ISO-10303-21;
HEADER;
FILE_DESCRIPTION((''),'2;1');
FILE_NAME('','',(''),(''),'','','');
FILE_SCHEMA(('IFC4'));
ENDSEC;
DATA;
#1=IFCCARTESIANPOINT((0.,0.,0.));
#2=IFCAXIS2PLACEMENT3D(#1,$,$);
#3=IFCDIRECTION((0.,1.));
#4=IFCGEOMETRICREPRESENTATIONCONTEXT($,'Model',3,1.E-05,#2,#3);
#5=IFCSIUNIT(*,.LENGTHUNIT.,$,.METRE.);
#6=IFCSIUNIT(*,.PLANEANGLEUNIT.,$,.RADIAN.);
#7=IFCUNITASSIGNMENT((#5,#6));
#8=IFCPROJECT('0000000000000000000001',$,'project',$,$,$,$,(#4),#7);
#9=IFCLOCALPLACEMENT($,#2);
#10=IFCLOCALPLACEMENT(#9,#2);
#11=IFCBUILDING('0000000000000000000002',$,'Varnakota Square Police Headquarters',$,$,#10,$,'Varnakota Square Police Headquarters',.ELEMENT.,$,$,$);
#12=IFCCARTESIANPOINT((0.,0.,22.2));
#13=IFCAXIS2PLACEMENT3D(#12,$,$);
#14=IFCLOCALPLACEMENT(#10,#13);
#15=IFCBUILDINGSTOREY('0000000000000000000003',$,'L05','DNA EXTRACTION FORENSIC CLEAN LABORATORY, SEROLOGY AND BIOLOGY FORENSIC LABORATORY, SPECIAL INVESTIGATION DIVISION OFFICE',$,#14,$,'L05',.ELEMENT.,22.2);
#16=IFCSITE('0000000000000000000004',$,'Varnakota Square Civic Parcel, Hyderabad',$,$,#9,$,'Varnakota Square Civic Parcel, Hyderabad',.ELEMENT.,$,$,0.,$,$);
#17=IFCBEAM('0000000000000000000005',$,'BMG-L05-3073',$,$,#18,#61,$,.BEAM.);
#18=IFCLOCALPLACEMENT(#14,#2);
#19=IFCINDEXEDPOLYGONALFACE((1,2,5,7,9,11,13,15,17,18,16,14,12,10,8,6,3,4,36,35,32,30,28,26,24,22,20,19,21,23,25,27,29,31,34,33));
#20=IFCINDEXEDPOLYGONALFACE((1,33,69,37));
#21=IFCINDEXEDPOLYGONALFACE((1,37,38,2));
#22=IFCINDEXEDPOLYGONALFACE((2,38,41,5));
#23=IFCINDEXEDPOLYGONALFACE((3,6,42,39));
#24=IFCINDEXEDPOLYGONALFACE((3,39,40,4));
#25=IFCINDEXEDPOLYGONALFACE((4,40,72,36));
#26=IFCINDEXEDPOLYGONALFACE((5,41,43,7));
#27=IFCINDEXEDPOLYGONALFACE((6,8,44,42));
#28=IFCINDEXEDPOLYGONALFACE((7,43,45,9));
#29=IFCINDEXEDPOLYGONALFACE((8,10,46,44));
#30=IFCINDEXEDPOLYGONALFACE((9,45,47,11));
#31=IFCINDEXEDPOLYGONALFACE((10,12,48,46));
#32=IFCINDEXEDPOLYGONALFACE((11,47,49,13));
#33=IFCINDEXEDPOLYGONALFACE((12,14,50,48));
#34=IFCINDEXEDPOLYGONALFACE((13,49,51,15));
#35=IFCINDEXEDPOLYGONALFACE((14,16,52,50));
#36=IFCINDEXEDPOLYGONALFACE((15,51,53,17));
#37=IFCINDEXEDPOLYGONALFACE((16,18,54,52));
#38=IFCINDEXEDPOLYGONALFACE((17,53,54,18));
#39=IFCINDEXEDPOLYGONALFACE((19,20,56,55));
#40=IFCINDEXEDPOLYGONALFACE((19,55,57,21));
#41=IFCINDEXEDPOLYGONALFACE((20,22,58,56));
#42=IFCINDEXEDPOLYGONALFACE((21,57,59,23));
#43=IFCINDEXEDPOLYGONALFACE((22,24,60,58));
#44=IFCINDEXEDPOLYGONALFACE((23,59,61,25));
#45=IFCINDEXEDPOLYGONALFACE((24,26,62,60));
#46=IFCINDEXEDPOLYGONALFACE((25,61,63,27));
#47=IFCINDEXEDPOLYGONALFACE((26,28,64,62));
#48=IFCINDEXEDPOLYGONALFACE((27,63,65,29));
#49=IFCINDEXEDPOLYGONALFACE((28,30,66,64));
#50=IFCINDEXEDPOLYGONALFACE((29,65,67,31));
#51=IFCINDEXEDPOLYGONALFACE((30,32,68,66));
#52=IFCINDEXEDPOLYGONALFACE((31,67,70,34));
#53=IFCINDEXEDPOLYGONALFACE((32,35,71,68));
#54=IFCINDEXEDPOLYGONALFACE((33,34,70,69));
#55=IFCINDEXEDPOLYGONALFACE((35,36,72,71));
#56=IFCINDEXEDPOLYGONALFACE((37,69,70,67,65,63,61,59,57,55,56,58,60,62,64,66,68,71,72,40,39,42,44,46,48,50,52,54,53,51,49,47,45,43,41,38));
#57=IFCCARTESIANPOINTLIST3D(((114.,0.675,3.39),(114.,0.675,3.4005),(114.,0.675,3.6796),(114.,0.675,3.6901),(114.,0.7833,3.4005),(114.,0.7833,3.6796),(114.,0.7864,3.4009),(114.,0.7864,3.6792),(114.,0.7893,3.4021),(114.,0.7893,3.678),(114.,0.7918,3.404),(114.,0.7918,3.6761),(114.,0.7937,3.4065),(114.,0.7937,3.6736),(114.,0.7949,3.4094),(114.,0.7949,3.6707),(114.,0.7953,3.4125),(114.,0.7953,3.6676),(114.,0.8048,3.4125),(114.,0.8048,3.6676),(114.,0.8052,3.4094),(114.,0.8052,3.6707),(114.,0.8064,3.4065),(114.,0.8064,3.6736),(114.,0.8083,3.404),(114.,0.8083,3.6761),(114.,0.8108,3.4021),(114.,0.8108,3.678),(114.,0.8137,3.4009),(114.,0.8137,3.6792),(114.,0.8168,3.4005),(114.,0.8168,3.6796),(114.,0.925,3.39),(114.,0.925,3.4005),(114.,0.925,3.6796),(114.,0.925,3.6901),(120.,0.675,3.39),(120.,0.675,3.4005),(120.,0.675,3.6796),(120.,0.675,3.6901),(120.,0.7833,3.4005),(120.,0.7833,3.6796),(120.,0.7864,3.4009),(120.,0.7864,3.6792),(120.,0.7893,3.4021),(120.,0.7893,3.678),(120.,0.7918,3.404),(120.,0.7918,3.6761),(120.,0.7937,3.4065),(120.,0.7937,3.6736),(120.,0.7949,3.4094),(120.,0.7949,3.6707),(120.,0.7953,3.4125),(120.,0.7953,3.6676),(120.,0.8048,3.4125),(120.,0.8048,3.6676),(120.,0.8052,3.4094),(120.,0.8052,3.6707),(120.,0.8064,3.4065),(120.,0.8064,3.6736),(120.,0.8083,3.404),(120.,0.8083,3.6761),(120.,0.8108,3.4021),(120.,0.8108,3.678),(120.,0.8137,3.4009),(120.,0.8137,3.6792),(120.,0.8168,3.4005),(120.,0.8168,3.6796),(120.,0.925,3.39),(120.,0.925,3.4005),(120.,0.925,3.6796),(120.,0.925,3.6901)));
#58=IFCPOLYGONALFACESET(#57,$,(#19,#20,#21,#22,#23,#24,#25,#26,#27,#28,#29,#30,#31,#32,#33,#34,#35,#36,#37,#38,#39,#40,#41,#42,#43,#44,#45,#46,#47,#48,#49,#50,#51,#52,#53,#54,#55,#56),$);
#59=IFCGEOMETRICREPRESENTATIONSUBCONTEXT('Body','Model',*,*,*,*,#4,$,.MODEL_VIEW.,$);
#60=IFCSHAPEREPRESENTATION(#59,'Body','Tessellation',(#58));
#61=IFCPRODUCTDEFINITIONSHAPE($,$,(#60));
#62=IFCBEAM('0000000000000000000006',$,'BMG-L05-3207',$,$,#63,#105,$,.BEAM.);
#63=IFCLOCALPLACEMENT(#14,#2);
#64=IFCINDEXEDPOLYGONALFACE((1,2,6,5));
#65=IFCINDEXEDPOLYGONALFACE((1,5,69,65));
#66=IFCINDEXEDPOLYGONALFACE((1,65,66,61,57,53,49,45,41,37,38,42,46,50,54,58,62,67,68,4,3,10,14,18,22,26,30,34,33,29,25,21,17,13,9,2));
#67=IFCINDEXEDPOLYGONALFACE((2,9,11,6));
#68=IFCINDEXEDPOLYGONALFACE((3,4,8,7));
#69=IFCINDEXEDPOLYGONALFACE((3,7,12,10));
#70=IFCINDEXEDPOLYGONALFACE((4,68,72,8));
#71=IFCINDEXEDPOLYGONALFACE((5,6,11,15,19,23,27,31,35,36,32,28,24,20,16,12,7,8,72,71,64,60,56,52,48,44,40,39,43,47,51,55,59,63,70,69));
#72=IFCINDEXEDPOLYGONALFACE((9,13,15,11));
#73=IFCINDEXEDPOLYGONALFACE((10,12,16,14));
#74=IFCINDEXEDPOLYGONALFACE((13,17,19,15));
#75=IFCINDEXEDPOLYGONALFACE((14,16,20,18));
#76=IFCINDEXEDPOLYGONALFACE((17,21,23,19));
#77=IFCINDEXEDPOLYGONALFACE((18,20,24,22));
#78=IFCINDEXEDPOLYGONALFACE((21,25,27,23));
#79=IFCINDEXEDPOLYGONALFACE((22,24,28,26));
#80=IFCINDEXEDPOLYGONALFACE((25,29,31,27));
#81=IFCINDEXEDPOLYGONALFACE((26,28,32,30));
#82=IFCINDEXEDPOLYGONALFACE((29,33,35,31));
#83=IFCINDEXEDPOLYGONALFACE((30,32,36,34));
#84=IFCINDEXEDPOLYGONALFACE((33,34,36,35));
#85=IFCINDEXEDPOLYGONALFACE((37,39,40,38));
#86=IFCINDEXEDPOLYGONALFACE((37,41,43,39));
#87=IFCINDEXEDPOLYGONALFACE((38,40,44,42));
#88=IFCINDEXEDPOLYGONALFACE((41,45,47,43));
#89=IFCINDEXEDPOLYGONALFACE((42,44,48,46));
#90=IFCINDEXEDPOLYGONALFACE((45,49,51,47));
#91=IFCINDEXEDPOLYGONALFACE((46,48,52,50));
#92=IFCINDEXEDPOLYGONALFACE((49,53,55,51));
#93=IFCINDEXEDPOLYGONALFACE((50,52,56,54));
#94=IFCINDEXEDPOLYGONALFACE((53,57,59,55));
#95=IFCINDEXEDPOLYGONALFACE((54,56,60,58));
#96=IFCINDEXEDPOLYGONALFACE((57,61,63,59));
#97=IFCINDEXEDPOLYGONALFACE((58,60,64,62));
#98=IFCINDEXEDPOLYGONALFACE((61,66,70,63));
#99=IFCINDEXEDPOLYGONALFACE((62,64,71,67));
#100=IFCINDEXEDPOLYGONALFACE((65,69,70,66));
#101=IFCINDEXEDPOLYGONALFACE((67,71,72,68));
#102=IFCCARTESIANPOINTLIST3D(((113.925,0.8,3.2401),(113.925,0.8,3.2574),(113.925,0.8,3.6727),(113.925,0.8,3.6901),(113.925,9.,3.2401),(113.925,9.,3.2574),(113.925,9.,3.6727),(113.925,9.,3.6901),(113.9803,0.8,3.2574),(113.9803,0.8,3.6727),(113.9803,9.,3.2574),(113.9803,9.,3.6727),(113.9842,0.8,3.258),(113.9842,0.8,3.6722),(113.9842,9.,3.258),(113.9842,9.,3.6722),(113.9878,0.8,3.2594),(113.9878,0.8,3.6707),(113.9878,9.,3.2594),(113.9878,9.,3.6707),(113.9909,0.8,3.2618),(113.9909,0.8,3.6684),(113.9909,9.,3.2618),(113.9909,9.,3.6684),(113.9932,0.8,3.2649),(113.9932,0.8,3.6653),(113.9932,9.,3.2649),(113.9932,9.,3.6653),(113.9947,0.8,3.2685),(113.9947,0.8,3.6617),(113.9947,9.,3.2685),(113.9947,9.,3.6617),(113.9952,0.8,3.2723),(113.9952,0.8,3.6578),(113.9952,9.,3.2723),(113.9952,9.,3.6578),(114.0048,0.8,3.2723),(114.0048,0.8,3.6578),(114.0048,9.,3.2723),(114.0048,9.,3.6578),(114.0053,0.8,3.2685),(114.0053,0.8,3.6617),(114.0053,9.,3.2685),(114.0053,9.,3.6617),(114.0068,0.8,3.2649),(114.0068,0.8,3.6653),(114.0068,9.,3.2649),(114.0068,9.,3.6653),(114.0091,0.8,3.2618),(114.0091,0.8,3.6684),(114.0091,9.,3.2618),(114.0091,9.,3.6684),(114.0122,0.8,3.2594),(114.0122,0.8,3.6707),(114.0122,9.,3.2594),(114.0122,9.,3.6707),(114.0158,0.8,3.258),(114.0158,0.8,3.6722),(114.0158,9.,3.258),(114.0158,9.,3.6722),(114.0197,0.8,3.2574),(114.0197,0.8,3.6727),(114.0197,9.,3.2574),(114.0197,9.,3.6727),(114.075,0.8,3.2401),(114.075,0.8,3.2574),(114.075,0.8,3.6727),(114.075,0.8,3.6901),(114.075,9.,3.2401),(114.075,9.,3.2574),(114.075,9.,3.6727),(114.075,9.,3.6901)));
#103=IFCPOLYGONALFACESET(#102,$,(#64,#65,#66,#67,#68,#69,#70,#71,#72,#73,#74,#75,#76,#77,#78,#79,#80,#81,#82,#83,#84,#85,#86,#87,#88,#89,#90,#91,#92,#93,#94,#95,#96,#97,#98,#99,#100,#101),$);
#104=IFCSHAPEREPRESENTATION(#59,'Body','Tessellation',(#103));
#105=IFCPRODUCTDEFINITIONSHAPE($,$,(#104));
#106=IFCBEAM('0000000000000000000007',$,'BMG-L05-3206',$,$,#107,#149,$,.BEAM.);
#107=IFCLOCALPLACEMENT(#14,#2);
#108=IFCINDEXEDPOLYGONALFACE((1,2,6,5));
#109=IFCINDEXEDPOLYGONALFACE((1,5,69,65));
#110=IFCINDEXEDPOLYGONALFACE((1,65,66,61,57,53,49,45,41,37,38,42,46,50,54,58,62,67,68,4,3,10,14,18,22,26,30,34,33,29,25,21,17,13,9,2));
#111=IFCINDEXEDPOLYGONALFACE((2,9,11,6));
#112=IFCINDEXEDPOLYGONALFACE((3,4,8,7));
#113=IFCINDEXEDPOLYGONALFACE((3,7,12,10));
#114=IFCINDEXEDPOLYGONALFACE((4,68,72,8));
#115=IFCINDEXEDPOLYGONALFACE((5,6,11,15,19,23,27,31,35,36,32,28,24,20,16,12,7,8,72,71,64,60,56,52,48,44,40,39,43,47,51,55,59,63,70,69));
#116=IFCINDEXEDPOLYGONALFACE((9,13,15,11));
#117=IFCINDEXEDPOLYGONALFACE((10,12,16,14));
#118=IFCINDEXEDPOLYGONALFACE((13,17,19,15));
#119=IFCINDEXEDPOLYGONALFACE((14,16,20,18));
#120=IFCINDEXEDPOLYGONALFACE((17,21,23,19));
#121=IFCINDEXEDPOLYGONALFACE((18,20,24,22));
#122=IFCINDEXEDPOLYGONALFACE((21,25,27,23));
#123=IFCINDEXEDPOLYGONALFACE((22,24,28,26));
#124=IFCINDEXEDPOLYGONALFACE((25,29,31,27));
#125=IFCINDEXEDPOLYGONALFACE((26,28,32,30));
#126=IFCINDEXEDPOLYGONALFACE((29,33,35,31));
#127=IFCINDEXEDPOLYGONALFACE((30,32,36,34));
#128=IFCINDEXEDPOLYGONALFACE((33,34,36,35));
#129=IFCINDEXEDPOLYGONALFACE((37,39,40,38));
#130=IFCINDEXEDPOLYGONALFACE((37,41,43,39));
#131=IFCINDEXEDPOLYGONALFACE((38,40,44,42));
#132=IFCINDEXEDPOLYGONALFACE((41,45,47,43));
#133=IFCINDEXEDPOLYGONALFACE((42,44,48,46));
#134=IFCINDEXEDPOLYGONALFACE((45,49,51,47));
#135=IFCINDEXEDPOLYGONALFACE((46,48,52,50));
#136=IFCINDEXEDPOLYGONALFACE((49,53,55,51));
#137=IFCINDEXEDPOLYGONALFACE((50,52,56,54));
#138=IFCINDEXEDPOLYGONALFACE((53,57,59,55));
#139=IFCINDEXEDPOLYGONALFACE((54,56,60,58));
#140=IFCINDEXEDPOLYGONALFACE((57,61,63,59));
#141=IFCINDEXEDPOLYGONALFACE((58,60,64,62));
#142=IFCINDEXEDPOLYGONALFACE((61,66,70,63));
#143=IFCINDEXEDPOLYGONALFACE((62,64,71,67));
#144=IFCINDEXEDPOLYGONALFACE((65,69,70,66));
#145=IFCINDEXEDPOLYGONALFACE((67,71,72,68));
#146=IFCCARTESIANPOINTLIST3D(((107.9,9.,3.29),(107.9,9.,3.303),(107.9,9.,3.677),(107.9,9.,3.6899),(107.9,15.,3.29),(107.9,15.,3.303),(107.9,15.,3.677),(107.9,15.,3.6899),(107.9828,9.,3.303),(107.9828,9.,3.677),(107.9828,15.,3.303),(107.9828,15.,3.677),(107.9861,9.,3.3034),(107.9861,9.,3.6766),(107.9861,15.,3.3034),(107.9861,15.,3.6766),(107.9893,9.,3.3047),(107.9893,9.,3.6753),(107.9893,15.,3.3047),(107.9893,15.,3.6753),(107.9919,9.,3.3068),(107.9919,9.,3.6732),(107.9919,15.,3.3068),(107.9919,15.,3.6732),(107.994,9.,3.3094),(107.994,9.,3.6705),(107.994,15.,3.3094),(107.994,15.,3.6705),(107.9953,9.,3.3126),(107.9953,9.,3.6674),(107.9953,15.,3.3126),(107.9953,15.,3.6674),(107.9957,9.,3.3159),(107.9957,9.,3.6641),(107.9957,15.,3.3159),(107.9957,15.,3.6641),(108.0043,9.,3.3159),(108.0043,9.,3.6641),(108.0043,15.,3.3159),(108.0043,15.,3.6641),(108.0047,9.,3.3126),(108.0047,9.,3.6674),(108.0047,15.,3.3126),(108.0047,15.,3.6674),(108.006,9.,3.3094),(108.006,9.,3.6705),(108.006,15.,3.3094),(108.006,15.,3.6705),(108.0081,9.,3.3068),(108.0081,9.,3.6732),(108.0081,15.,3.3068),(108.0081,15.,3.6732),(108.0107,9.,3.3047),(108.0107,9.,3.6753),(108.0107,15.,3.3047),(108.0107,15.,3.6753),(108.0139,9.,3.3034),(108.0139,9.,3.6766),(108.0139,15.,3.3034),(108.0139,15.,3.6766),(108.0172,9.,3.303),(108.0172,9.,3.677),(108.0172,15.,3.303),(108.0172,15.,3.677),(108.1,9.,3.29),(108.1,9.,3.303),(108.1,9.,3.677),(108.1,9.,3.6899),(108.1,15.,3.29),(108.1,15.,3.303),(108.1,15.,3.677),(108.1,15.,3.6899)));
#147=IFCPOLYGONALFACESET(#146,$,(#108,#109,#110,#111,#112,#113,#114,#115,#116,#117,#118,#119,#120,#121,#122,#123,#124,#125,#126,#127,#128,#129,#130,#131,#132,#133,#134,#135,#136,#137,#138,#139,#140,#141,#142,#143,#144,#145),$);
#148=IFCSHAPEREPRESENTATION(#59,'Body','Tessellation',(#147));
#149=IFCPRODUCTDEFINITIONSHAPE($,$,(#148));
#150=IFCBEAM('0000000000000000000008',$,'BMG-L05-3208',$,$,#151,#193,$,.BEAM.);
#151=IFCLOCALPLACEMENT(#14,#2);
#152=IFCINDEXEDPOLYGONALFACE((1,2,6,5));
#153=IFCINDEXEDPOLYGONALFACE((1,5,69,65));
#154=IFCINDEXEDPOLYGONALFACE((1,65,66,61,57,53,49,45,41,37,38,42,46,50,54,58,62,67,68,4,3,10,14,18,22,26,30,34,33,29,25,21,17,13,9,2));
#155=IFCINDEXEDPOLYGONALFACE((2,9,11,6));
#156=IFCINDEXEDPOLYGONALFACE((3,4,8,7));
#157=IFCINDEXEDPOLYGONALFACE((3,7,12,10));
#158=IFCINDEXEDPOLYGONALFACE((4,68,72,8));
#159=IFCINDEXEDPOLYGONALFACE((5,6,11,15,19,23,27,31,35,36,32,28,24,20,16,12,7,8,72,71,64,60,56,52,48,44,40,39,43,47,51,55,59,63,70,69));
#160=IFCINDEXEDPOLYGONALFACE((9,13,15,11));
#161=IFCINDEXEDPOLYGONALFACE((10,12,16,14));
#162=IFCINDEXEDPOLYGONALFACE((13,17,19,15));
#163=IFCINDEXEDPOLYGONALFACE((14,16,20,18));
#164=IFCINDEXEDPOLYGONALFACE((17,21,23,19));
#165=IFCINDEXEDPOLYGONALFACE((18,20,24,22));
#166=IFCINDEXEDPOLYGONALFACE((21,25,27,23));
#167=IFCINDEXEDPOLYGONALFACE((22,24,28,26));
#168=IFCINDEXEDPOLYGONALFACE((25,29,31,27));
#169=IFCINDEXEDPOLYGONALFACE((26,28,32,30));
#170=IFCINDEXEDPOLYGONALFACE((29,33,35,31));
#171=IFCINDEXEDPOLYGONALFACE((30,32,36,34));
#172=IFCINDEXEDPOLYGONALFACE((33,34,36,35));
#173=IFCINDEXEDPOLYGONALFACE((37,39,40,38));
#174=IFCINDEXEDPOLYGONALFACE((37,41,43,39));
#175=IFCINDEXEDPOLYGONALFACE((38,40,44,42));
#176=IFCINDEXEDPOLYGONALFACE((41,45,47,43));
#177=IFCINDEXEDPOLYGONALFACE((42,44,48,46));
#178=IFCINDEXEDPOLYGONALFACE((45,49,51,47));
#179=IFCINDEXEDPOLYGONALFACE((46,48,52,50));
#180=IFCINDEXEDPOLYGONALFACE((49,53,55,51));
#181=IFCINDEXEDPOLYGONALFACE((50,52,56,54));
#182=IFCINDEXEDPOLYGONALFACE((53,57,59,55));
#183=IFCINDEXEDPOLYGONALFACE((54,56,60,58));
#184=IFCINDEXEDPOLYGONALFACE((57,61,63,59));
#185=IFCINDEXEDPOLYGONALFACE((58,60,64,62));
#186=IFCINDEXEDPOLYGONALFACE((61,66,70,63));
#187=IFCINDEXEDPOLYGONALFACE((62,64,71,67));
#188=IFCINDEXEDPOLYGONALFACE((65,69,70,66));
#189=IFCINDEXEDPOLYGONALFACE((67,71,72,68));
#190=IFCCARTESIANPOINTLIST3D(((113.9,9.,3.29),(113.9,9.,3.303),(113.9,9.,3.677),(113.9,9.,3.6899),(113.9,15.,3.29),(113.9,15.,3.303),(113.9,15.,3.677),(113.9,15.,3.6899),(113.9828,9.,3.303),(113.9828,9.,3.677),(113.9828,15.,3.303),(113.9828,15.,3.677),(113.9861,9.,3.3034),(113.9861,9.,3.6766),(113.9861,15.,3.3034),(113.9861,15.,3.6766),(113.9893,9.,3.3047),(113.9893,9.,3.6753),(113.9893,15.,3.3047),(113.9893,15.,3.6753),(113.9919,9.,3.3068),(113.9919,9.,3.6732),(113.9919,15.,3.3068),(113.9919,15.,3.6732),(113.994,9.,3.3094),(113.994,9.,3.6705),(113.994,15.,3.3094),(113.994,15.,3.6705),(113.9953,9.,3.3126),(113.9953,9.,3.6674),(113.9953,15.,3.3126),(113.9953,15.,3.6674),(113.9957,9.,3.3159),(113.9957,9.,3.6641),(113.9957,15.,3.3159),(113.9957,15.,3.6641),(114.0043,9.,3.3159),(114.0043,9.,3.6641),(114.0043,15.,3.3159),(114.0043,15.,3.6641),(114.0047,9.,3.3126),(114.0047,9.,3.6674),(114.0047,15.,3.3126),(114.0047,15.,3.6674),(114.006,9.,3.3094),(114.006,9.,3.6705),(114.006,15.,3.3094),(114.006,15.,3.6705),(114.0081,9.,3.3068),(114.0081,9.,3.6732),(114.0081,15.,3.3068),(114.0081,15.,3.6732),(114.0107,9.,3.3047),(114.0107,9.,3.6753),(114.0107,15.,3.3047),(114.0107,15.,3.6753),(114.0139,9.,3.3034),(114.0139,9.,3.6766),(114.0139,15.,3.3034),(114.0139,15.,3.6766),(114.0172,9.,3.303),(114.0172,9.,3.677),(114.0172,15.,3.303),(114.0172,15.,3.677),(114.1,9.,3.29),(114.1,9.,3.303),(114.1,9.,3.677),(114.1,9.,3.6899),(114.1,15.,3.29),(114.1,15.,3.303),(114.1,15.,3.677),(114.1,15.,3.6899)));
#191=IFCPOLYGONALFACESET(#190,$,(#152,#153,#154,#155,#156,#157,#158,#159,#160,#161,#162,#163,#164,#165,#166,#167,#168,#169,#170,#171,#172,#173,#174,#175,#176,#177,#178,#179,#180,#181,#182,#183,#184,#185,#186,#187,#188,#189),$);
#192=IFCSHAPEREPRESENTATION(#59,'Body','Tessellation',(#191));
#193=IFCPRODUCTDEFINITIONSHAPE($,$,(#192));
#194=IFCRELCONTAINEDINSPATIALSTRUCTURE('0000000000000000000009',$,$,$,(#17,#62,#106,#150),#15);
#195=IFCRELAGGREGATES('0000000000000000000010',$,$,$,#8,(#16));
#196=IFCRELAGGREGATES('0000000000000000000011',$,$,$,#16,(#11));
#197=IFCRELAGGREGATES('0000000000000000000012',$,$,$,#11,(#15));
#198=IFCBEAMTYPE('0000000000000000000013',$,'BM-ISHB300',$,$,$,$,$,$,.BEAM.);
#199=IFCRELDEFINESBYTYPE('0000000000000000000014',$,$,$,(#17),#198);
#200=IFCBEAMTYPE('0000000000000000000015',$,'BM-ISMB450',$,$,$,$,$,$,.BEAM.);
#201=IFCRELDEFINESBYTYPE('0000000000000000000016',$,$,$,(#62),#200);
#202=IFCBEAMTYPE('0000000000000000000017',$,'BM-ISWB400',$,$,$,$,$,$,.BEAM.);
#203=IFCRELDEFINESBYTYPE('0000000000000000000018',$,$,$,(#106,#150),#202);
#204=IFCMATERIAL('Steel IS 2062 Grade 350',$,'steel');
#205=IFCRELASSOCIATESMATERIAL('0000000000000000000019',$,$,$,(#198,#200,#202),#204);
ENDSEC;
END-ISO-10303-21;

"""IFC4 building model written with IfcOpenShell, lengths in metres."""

from ifc_helpers import new_model, si_unit, direction, frame, origin, origin_2d, place, context, subcontext, project, spatial, i_section, extrude, material, material_profile, profile_set, type_object, element, save


model = new_model("IFC4")

# Units and contexts
model_context = context("Model", 3, precision=1e-05, world=origin(), true_north=direction((0.0, 1.0)))
body_context = subcontext(model_context, "Body", "Model", "MODEL_VIEW")
ifc_project = project(units=[si_unit("LENGTHUNIT", "METRE"), si_unit("PLANEANGLEUNIT", "RADIAN")], contexts=[model_context])

# Site, building, storey
site_placement = place(None, origin())
site = spatial("IfcSite", under=ifc_project, at=site_placement, Name="Varnakota Square Civic Parcel, Hyderabad", LongName="Varnakota Square Civic Parcel, Hyderabad", CompositionType="ELEMENT", RefElevation=0.0)
building_placement = place(site_placement, origin())
building = spatial("IfcBuilding", under=site, at=building_placement, Name="Varnakota Square Police Headquarters", LongName="Varnakota Square Police Headquarters", CompositionType="ELEMENT")
storey_placement = place(building_placement, frame((0.0, 0.0, 22.2)))
storey = spatial("IfcBuildingStorey", under=building, at=storey_placement, Name="L05", Description="DNA EXTRACTION FORENSIC CLEAN LABORATORY, SEROLOGY AND BIOLOGY FORENSIC LABORATORY, SPECIAL INVESTIGATION DIVISION OFFICE", LongName="L05", CompositionType="ELEMENT", Elevation=22.2)

# Shared definitions
ifc_material_1 = material(Name="Steel IS 2062 Grade 350", Category="steel")

# Beams
ifc_material_profile_1 = material_profile(ifc_material_1, i_section(OverallWidth=0.25, OverallDepth=0.3, WebThickness=0.0095, FlangeThickness=0.0105, FilletRadius=0.012, at=origin_2d()), Name="ISHB 300")
ifc_profile_set_1 = profile_set([ifc_material_profile_1], Name="Steel IS 2062 Grade 350")
beam_type_1 = type_object("IfcBeamType", Name="BM-ISHB300", PredefinedType="BEAM", material=ifc_profile_set_1)
beam_1_placement = place(storey_placement, frame((114.0, 0.8, 3.54), z_axis=(1.0, 0.0, 0.0), x_axis=(0.0, 1.0, 0.0)))
element("IfcBeam", 1, at=beam_1_placement, inside=storey, type_object=beam_type_1, Name="BMG-L05-3073", PredefinedType="BEAM", context=body_context, shape_type="SweptSolid", body=[
    extrude(i_section(OverallWidth=0.25, OverallDepth=0.3, WebThickness=0.0095, FlangeThickness=0.0105, FilletRadius=0.012, at=origin_2d()), origin(), (0.0, 0.0, 1.0), 6.0),
])
ifc_material_profile_2 = material_profile(ifc_material_1, i_section(OverallWidth=0.1499, OverallDepth=0.45, WebThickness=0.0095, FlangeThickness=0.0173, FilletRadius=0.0149, at=origin_2d()), Name="ISMB 450")
ifc_profile_set_2 = profile_set([ifc_material_profile_2], Name="Steel IS 2062 Grade 350")
beam_type_2 = type_object("IfcBeamType", Name="BM-ISMB450", PredefinedType="BEAM", material=ifc_profile_set_2)
beam_2_placement = place(storey_placement, frame((114.0, 0.8, 3.4651), z_axis=(0.0, 1.0, 0.0), x_axis=(-1.0, 0.0, 0.0)))
element("IfcBeam", 2, at=beam_2_placement, inside=storey, type_object=beam_type_2, Name="BMG-L05-3207", PredefinedType="BEAM", context=body_context, shape_type="SweptSolid", body=[
    extrude(i_section(OverallWidth=0.1499, OverallDepth=0.45, WebThickness=0.0095, FlangeThickness=0.0173, FilletRadius=0.0149, at=origin_2d()), origin(), (0.0, 0.0, 1.0), 8.2),
])
ifc_material_profile_3 = material_profile(ifc_material_1, i_section(OverallWidth=0.2, OverallDepth=0.3999, WebThickness=0.0085, FlangeThickness=0.0129, FilletRadius=0.0129, at=origin_2d()), Name="ISWB 400")
ifc_profile_set_3 = profile_set([ifc_material_profile_3], Name="Steel IS 2062 Grade 350")
beam_type_3 = type_object("IfcBeamType", Name="BM-ISWB400", PredefinedType="BEAM", material=ifc_profile_set_3)
for number, where, z_axis, x_axis, name in (
    (3, (108.0, 9.0, 3.49), (0.0, 1.0, 0.0), (-1.0, 0.0, 0.0), "BMG-L05-3206"),
    (4, (114.0, 9.0, 3.49), (0.0, 1.0, 0.0), (-1.0, 0.0, 0.0), "BMG-L05-3208"),
):
    element("IfcBeam", number, at=place(storey_placement, frame(where, z_axis=z_axis, x_axis=x_axis)), inside=storey, type_object=beam_type_3, Name=name, PredefinedType="BEAM", context=body_context, shape_type="SweptSolid", body=[
        extrude(i_section(OverallWidth=0.2, OverallDepth=0.3999, WebThickness=0.0085, FlangeThickness=0.0129, FilletRadius=0.0129, at=origin_2d()), origin(), (0.0, 0.0, 1.0), 6.0),
    ])

save(model, "model.ifc")
